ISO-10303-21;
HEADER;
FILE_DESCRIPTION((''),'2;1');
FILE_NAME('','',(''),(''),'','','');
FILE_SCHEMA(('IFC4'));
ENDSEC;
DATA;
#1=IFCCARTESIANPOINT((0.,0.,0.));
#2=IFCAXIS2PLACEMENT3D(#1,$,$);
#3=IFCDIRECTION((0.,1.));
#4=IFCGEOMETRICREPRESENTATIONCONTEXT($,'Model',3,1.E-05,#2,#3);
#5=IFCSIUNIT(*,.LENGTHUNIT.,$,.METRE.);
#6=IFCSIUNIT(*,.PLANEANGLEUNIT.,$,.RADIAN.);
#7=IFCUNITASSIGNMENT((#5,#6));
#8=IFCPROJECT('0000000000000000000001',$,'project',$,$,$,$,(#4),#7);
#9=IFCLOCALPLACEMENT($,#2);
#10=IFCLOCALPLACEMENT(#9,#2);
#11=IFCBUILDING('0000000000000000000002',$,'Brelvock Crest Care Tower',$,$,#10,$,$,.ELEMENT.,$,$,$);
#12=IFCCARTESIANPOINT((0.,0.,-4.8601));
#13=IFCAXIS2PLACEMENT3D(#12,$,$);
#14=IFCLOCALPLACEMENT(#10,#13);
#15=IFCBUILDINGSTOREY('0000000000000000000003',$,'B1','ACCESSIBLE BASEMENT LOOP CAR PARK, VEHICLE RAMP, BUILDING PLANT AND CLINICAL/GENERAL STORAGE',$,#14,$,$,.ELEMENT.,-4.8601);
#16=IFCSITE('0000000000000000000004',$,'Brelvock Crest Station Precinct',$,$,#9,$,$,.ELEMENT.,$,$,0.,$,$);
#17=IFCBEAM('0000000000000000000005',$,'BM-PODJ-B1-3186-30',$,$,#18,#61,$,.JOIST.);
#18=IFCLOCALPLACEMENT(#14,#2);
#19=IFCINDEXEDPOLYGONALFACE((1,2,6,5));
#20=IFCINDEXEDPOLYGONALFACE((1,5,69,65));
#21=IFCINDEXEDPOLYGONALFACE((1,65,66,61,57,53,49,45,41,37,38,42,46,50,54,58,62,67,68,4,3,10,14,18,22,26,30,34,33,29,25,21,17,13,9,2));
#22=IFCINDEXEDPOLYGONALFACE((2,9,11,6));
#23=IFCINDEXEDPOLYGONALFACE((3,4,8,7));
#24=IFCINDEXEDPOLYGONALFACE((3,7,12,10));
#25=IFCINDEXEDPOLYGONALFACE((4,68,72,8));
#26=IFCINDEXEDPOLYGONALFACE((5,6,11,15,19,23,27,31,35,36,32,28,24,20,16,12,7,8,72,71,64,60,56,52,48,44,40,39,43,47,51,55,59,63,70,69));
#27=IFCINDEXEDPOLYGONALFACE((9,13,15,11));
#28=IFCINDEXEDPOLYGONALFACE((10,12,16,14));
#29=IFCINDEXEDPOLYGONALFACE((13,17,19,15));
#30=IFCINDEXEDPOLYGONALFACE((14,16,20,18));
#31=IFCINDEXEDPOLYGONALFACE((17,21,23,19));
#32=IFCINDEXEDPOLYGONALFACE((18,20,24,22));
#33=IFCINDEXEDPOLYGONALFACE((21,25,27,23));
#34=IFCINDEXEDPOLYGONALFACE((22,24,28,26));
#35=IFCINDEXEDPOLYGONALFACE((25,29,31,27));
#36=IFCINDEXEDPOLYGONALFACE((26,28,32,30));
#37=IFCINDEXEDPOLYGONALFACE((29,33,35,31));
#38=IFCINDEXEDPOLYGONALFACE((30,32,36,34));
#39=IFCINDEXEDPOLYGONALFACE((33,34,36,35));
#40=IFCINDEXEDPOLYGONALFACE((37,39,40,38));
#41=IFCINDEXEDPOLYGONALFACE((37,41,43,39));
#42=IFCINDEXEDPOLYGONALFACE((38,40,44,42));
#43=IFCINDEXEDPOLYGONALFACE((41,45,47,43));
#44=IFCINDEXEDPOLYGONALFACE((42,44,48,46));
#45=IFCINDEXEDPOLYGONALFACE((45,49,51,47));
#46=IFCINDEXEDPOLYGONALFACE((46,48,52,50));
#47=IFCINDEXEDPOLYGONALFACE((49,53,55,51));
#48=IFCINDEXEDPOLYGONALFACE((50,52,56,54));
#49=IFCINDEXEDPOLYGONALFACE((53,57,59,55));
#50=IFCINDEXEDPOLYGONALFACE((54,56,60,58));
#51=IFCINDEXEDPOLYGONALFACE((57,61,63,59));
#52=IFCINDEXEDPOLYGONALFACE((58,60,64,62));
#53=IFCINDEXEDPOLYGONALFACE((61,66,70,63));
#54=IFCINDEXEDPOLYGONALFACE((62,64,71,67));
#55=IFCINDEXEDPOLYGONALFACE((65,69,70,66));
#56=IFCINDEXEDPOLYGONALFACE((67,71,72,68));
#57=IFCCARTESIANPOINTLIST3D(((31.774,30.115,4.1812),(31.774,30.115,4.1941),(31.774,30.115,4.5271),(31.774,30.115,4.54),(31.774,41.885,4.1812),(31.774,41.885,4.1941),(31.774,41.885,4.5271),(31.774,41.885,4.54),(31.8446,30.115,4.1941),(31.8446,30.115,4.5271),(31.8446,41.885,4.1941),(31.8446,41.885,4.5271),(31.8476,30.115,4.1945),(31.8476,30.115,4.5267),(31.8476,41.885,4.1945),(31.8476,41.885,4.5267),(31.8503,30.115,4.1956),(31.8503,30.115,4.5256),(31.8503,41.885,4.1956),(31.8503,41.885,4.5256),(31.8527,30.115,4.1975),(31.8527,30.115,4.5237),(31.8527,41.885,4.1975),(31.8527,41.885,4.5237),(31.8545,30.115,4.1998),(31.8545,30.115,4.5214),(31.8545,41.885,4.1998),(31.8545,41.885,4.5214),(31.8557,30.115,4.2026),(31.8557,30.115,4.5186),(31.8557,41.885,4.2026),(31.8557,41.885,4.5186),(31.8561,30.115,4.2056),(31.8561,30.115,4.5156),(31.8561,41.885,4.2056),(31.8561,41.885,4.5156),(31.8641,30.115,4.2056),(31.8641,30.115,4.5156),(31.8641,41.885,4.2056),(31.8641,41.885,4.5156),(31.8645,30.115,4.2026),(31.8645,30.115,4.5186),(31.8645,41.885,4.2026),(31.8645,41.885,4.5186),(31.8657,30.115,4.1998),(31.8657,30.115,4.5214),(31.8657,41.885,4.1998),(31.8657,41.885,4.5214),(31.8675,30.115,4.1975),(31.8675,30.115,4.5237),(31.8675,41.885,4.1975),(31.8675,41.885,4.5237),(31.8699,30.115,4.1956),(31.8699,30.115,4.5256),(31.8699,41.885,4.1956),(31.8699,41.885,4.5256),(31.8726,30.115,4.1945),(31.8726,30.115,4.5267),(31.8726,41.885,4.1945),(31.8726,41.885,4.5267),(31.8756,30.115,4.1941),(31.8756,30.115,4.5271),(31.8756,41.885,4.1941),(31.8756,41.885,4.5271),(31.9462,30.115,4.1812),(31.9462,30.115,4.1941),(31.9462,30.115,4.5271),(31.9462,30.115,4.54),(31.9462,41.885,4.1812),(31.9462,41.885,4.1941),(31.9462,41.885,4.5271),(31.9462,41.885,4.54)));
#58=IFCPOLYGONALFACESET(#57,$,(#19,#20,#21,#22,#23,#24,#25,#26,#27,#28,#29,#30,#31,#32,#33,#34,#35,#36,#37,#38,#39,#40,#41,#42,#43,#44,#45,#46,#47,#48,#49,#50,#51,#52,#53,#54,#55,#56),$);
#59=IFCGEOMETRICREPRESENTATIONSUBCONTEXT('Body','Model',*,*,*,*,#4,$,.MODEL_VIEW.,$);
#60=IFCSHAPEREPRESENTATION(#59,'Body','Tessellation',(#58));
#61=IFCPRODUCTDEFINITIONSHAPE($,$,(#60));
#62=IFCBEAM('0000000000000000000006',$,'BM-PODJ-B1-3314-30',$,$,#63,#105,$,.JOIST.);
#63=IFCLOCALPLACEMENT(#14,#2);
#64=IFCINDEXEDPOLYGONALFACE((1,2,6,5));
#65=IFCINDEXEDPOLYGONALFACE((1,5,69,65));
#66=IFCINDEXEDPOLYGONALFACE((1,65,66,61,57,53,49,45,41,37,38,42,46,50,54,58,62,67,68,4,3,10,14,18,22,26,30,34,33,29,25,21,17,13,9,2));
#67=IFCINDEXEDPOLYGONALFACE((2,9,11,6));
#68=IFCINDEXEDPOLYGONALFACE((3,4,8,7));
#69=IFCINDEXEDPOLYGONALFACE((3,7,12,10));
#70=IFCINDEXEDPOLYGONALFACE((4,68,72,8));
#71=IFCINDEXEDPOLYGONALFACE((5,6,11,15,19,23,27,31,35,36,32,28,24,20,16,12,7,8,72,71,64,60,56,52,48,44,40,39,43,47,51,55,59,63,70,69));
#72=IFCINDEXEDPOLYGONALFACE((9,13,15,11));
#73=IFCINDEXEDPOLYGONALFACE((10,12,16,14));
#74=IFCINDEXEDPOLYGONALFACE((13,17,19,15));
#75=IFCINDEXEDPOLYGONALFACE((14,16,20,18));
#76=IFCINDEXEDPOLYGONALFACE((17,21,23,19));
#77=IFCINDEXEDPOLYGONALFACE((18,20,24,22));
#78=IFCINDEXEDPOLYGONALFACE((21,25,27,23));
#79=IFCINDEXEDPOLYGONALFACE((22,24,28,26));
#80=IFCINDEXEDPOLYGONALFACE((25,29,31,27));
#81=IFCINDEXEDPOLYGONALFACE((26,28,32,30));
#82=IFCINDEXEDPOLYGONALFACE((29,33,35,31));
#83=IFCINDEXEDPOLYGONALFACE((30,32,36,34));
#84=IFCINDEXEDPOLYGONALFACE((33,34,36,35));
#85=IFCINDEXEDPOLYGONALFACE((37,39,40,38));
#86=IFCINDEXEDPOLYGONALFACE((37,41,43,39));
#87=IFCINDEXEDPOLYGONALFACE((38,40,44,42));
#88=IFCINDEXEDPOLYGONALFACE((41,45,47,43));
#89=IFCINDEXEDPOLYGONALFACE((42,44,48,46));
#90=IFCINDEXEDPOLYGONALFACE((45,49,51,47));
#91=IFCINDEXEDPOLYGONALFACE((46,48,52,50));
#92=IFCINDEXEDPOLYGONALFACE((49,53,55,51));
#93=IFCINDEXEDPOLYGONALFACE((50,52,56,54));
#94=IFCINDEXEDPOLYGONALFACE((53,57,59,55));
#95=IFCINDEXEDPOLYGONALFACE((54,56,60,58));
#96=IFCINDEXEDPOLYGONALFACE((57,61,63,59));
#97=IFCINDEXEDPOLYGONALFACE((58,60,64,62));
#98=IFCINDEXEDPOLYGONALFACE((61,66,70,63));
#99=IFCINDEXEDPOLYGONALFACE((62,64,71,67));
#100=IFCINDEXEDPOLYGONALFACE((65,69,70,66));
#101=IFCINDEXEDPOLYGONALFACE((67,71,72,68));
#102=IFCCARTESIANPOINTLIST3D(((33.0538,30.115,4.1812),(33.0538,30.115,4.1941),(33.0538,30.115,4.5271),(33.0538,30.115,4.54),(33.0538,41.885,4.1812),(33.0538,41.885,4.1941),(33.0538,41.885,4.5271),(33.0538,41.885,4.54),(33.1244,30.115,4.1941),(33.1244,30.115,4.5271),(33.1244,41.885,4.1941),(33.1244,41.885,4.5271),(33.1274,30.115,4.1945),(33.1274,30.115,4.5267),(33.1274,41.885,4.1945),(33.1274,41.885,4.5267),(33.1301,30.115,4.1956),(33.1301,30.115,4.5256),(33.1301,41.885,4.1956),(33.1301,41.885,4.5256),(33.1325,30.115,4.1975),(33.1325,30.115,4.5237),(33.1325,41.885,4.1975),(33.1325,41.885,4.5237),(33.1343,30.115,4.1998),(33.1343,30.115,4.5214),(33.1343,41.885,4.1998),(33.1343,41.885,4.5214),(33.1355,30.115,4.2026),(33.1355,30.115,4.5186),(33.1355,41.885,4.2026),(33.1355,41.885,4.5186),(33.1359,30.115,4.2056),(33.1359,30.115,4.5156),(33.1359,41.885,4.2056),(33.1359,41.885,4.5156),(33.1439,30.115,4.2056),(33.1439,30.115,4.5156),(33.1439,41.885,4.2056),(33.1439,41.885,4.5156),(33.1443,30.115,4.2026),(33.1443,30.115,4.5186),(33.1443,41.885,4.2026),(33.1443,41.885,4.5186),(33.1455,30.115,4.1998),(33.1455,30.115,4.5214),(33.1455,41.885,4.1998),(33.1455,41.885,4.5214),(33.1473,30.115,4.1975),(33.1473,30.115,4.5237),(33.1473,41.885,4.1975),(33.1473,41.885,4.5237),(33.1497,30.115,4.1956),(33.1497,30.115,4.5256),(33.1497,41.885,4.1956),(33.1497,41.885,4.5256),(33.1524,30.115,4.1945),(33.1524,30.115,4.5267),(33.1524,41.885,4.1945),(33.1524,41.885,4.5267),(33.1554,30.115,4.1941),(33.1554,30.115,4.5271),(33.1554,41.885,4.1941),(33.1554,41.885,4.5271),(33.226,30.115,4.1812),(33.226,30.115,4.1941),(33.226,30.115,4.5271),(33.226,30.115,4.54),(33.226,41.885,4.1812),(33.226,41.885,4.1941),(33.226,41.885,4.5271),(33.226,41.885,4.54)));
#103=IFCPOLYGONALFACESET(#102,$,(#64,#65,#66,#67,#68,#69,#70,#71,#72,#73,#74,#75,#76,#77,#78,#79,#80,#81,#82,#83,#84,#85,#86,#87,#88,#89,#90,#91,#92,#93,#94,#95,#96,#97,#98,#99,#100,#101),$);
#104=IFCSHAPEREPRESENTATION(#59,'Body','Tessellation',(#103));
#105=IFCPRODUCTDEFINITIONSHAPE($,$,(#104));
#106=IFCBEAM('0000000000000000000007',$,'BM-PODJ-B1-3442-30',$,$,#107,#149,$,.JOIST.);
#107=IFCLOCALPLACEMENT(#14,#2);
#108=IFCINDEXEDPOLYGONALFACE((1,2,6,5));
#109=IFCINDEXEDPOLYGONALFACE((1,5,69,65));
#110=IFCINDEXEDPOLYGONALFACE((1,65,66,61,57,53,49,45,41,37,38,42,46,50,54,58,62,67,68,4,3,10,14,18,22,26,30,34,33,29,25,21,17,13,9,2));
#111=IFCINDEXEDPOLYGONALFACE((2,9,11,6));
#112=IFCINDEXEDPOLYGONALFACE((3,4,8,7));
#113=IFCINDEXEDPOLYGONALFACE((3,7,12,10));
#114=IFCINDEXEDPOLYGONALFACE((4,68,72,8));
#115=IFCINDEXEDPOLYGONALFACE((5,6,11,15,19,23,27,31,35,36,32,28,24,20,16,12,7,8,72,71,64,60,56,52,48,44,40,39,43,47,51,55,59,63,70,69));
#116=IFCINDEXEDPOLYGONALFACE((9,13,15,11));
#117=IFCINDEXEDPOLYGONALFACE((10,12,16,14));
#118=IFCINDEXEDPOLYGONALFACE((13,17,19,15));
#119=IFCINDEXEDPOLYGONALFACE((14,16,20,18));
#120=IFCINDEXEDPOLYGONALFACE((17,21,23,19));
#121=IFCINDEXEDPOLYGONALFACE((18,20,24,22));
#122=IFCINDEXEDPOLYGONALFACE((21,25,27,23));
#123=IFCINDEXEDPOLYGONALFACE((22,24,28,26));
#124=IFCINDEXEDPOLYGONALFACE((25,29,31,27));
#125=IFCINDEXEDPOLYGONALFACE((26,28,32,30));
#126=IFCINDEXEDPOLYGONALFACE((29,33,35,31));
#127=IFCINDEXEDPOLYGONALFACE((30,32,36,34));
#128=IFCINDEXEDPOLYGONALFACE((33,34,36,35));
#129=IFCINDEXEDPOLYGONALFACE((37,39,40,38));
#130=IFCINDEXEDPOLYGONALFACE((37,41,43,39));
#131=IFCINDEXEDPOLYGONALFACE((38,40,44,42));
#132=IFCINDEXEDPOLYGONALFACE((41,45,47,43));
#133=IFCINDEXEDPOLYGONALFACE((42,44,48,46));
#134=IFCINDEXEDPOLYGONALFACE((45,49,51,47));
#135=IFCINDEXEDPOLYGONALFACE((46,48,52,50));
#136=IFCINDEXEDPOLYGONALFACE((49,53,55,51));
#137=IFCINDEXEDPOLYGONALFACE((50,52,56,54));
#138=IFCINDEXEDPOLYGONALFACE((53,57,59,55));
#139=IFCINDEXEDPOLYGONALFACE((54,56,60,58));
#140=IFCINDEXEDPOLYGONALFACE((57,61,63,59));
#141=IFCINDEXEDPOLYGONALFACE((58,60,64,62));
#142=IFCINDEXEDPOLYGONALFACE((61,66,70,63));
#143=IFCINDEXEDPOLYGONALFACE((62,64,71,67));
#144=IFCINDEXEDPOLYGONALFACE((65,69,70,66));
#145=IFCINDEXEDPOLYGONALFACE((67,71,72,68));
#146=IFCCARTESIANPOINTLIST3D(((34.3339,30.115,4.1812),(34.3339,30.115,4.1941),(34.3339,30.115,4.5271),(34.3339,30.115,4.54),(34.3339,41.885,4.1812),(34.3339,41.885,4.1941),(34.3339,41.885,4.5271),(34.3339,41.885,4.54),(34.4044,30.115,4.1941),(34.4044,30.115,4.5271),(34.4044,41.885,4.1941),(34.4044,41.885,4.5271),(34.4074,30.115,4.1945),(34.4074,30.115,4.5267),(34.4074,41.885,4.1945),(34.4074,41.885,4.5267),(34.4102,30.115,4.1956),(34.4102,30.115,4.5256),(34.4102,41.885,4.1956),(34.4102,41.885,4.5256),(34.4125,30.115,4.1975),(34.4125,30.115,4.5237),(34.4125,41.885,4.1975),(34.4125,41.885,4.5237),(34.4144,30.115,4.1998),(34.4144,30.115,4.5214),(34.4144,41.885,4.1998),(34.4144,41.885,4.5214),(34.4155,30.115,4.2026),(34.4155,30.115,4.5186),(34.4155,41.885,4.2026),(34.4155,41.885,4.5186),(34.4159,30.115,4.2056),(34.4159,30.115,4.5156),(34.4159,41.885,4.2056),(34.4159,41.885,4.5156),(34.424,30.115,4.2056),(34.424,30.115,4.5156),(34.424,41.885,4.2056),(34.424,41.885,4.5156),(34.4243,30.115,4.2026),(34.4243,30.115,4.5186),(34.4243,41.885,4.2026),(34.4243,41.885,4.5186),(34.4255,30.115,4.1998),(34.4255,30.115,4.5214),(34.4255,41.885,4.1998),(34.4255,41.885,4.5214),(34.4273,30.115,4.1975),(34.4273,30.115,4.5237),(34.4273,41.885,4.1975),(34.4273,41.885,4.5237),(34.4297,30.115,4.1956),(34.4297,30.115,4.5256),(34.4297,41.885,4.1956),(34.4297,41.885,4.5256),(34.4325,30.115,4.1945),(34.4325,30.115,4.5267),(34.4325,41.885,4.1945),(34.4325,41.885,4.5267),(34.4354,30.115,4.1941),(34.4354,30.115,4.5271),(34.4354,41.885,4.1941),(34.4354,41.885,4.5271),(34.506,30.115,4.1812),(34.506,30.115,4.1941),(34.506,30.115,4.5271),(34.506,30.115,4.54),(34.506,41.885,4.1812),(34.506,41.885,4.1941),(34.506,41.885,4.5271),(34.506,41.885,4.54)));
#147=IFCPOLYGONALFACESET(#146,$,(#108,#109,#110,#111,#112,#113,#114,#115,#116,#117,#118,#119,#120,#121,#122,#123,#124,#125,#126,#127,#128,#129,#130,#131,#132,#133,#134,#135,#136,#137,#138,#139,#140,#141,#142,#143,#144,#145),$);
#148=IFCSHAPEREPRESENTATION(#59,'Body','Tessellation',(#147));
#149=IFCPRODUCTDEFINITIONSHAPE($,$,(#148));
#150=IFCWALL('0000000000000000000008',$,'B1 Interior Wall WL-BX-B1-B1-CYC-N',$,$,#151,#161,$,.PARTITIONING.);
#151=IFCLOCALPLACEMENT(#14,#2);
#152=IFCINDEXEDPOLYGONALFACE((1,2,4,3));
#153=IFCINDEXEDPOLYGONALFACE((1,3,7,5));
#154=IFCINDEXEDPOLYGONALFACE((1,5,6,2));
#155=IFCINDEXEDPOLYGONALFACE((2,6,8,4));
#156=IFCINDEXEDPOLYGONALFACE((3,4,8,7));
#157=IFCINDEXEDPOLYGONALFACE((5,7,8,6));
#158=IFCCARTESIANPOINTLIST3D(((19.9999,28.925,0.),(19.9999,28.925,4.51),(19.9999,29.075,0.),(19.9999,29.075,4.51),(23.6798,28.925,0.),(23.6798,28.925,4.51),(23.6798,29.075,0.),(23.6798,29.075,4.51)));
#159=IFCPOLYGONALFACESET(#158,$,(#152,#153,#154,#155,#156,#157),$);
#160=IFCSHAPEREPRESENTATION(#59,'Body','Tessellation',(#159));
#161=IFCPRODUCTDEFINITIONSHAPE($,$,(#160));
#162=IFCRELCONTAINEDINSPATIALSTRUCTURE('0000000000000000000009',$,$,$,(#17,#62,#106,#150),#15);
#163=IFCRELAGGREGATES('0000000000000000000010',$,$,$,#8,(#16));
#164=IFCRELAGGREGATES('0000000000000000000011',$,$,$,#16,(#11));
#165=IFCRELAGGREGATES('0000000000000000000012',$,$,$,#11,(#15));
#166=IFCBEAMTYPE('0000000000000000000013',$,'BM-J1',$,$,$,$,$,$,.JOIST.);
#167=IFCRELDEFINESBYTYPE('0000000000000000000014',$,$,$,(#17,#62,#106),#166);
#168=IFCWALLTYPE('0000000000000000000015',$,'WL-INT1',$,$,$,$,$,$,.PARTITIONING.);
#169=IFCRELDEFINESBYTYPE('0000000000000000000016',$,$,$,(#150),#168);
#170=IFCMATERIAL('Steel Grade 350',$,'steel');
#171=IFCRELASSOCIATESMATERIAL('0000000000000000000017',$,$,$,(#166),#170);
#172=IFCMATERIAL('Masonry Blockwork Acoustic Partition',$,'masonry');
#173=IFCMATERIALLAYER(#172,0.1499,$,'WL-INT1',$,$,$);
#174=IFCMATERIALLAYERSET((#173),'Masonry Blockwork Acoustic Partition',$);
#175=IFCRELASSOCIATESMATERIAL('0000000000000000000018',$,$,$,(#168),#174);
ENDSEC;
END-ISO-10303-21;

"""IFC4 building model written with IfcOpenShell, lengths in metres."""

from ifc_helpers import new_model, si_unit, direction, frame, frame_2d, origin, origin_2d, place, context, subcontext, project, spatial, rectangle, i_section, extrude, source, transform, mapped, material, layer, layer_set, material_profile, profile_set, type_object, element, save


model = new_model("IFC4")

# Units and contexts
model_context = context("Model", 3, precision=1e-05, world=origin(), true_north=direction((0.0, 1.0)))
body_context = subcontext(model_context, "Body", "Model", "MODEL_VIEW")
ifc_project = project(units=[si_unit("LENGTHUNIT", "METRE"), si_unit("PLANEANGLEUNIT", "RADIAN")], contexts=[model_context])

# Site, building, storey
site_placement = place(None, origin())
site = spatial("IfcSite", under=ifc_project, at=site_placement, Name="Brelvock Crest Station Precinct", CompositionType="ELEMENT", RefElevation=0.0)
building_placement = place(site_placement, origin())
building = spatial("IfcBuilding", under=site, at=building_placement, Name="Brelvock Crest Care Tower", CompositionType="ELEMENT")
storey_placement = place(building_placement, frame((0.0, 0.0, -4.8601)))
storey = spatial("IfcBuildingStorey", under=building, at=storey_placement, Name="B1", Description="ACCESSIBLE BASEMENT LOOP CAR PARK, VEHICLE RAMP, BUILDING PLANT AND CLINICAL/GENERAL STORAGE", CompositionType="ELEMENT", Elevation=-4.8601)

# Shared definitions
ifc_material_1 = material(Name="Steel Grade 350", Category="steel")

# Beams
ifc_material_profile_1 = material_profile(ifc_material_1, i_section(OverallWidth=0.1721, OverallDepth=0.3589, WebThickness=0.0081, FlangeThickness=0.0129, FilletRadius=0.0115, at=origin_2d()), Name="360UB56.7")
ifc_profile_set_1 = profile_set([ifc_material_profile_1], Name="Steel Grade 350")
beam_type_1 = type_object("IfcBeamType", Name="BM-J1", PredefinedType="JOIST", material=ifc_profile_set_1)
shared_shape_1 = source(origin(), body_context, "Body", "SweptSolid", [
    extrude(i_section(OverallWidth=0.1721, OverallDepth=0.3589, WebThickness=0.0081, FlangeThickness=0.0129, FilletRadius=0.0115, at=origin_2d()), origin(), (0.0, 0.0, 1.0), 11.77),
])
for number, where, z_axis, x_axis, name in (
    (1, (31.8601, 30.115, 4.3606), (0.0, 1.0, 0.0), (-1.0, 0.0, 0.0), "BM-PODJ-B1-3186-30"),
    (2, (33.1399, 30.115, 4.3606), (0.0, 1.0, 0.0), (-1.0, 0.0, 0.0), "BM-PODJ-B1-3314-30"),
    (3, (34.4199, 30.115, 4.3606), (0.0, 1.0, 0.0), (-1.0, 0.0, 0.0), "BM-PODJ-B1-3442-30"),
):
    element("IfcBeam", number, at=place(storey_placement, frame(where, z_axis=z_axis, x_axis=x_axis)), inside=storey, type_object=beam_type_1, Name=name, PredefinedType="JOIST", context=body_context, shape_type="MappedRepresentation", body=[
        mapped(shared_shape_1, transform((0.0, 0.0, 0.0), x_axis=(1.0, 0.0, 0.0), y_axis=(0.0, 1.0, 0.0), z_axis=(0.0, 0.0, 1.0), scale=1.0)),
    ])

# Wall
ifc_material_2 = material(Name="Masonry Blockwork Acoustic Partition", Category="masonry")
ifc_layer_1 = layer(ifc_material_2, 0.1499, Name="WL-INT1")
ifc_layer_set_1 = layer_set([ifc_layer_1], Name="Masonry Blockwork Acoustic Partition")
wall_type = type_object("IfcWallType", Name="WL-INT1", PredefinedType="PARTITIONING", material=ifc_layer_set_1)
wall_placement = place(storey_placement, frame((20.0, 29.0, 0.0), z_axis=(0.0, 0.0, 1.0), x_axis=(1.0, 0.0, 0.0)))
element("IfcWall", 4, at=wall_placement, inside=storey, type_object=wall_type, Name="B1 Interior Wall WL-BX-B1-B1-CYC-N", PredefinedType="PARTITIONING", context=body_context, shape_type="SweptSolid", body=[
    extrude(rectangle(XDim=3.6799, YDim=0.1499, at=frame_2d((1.8398, 0.0))), origin(), (0.0, 0.0, 1.0), 4.51),
])

save(model, "model.ifc")
